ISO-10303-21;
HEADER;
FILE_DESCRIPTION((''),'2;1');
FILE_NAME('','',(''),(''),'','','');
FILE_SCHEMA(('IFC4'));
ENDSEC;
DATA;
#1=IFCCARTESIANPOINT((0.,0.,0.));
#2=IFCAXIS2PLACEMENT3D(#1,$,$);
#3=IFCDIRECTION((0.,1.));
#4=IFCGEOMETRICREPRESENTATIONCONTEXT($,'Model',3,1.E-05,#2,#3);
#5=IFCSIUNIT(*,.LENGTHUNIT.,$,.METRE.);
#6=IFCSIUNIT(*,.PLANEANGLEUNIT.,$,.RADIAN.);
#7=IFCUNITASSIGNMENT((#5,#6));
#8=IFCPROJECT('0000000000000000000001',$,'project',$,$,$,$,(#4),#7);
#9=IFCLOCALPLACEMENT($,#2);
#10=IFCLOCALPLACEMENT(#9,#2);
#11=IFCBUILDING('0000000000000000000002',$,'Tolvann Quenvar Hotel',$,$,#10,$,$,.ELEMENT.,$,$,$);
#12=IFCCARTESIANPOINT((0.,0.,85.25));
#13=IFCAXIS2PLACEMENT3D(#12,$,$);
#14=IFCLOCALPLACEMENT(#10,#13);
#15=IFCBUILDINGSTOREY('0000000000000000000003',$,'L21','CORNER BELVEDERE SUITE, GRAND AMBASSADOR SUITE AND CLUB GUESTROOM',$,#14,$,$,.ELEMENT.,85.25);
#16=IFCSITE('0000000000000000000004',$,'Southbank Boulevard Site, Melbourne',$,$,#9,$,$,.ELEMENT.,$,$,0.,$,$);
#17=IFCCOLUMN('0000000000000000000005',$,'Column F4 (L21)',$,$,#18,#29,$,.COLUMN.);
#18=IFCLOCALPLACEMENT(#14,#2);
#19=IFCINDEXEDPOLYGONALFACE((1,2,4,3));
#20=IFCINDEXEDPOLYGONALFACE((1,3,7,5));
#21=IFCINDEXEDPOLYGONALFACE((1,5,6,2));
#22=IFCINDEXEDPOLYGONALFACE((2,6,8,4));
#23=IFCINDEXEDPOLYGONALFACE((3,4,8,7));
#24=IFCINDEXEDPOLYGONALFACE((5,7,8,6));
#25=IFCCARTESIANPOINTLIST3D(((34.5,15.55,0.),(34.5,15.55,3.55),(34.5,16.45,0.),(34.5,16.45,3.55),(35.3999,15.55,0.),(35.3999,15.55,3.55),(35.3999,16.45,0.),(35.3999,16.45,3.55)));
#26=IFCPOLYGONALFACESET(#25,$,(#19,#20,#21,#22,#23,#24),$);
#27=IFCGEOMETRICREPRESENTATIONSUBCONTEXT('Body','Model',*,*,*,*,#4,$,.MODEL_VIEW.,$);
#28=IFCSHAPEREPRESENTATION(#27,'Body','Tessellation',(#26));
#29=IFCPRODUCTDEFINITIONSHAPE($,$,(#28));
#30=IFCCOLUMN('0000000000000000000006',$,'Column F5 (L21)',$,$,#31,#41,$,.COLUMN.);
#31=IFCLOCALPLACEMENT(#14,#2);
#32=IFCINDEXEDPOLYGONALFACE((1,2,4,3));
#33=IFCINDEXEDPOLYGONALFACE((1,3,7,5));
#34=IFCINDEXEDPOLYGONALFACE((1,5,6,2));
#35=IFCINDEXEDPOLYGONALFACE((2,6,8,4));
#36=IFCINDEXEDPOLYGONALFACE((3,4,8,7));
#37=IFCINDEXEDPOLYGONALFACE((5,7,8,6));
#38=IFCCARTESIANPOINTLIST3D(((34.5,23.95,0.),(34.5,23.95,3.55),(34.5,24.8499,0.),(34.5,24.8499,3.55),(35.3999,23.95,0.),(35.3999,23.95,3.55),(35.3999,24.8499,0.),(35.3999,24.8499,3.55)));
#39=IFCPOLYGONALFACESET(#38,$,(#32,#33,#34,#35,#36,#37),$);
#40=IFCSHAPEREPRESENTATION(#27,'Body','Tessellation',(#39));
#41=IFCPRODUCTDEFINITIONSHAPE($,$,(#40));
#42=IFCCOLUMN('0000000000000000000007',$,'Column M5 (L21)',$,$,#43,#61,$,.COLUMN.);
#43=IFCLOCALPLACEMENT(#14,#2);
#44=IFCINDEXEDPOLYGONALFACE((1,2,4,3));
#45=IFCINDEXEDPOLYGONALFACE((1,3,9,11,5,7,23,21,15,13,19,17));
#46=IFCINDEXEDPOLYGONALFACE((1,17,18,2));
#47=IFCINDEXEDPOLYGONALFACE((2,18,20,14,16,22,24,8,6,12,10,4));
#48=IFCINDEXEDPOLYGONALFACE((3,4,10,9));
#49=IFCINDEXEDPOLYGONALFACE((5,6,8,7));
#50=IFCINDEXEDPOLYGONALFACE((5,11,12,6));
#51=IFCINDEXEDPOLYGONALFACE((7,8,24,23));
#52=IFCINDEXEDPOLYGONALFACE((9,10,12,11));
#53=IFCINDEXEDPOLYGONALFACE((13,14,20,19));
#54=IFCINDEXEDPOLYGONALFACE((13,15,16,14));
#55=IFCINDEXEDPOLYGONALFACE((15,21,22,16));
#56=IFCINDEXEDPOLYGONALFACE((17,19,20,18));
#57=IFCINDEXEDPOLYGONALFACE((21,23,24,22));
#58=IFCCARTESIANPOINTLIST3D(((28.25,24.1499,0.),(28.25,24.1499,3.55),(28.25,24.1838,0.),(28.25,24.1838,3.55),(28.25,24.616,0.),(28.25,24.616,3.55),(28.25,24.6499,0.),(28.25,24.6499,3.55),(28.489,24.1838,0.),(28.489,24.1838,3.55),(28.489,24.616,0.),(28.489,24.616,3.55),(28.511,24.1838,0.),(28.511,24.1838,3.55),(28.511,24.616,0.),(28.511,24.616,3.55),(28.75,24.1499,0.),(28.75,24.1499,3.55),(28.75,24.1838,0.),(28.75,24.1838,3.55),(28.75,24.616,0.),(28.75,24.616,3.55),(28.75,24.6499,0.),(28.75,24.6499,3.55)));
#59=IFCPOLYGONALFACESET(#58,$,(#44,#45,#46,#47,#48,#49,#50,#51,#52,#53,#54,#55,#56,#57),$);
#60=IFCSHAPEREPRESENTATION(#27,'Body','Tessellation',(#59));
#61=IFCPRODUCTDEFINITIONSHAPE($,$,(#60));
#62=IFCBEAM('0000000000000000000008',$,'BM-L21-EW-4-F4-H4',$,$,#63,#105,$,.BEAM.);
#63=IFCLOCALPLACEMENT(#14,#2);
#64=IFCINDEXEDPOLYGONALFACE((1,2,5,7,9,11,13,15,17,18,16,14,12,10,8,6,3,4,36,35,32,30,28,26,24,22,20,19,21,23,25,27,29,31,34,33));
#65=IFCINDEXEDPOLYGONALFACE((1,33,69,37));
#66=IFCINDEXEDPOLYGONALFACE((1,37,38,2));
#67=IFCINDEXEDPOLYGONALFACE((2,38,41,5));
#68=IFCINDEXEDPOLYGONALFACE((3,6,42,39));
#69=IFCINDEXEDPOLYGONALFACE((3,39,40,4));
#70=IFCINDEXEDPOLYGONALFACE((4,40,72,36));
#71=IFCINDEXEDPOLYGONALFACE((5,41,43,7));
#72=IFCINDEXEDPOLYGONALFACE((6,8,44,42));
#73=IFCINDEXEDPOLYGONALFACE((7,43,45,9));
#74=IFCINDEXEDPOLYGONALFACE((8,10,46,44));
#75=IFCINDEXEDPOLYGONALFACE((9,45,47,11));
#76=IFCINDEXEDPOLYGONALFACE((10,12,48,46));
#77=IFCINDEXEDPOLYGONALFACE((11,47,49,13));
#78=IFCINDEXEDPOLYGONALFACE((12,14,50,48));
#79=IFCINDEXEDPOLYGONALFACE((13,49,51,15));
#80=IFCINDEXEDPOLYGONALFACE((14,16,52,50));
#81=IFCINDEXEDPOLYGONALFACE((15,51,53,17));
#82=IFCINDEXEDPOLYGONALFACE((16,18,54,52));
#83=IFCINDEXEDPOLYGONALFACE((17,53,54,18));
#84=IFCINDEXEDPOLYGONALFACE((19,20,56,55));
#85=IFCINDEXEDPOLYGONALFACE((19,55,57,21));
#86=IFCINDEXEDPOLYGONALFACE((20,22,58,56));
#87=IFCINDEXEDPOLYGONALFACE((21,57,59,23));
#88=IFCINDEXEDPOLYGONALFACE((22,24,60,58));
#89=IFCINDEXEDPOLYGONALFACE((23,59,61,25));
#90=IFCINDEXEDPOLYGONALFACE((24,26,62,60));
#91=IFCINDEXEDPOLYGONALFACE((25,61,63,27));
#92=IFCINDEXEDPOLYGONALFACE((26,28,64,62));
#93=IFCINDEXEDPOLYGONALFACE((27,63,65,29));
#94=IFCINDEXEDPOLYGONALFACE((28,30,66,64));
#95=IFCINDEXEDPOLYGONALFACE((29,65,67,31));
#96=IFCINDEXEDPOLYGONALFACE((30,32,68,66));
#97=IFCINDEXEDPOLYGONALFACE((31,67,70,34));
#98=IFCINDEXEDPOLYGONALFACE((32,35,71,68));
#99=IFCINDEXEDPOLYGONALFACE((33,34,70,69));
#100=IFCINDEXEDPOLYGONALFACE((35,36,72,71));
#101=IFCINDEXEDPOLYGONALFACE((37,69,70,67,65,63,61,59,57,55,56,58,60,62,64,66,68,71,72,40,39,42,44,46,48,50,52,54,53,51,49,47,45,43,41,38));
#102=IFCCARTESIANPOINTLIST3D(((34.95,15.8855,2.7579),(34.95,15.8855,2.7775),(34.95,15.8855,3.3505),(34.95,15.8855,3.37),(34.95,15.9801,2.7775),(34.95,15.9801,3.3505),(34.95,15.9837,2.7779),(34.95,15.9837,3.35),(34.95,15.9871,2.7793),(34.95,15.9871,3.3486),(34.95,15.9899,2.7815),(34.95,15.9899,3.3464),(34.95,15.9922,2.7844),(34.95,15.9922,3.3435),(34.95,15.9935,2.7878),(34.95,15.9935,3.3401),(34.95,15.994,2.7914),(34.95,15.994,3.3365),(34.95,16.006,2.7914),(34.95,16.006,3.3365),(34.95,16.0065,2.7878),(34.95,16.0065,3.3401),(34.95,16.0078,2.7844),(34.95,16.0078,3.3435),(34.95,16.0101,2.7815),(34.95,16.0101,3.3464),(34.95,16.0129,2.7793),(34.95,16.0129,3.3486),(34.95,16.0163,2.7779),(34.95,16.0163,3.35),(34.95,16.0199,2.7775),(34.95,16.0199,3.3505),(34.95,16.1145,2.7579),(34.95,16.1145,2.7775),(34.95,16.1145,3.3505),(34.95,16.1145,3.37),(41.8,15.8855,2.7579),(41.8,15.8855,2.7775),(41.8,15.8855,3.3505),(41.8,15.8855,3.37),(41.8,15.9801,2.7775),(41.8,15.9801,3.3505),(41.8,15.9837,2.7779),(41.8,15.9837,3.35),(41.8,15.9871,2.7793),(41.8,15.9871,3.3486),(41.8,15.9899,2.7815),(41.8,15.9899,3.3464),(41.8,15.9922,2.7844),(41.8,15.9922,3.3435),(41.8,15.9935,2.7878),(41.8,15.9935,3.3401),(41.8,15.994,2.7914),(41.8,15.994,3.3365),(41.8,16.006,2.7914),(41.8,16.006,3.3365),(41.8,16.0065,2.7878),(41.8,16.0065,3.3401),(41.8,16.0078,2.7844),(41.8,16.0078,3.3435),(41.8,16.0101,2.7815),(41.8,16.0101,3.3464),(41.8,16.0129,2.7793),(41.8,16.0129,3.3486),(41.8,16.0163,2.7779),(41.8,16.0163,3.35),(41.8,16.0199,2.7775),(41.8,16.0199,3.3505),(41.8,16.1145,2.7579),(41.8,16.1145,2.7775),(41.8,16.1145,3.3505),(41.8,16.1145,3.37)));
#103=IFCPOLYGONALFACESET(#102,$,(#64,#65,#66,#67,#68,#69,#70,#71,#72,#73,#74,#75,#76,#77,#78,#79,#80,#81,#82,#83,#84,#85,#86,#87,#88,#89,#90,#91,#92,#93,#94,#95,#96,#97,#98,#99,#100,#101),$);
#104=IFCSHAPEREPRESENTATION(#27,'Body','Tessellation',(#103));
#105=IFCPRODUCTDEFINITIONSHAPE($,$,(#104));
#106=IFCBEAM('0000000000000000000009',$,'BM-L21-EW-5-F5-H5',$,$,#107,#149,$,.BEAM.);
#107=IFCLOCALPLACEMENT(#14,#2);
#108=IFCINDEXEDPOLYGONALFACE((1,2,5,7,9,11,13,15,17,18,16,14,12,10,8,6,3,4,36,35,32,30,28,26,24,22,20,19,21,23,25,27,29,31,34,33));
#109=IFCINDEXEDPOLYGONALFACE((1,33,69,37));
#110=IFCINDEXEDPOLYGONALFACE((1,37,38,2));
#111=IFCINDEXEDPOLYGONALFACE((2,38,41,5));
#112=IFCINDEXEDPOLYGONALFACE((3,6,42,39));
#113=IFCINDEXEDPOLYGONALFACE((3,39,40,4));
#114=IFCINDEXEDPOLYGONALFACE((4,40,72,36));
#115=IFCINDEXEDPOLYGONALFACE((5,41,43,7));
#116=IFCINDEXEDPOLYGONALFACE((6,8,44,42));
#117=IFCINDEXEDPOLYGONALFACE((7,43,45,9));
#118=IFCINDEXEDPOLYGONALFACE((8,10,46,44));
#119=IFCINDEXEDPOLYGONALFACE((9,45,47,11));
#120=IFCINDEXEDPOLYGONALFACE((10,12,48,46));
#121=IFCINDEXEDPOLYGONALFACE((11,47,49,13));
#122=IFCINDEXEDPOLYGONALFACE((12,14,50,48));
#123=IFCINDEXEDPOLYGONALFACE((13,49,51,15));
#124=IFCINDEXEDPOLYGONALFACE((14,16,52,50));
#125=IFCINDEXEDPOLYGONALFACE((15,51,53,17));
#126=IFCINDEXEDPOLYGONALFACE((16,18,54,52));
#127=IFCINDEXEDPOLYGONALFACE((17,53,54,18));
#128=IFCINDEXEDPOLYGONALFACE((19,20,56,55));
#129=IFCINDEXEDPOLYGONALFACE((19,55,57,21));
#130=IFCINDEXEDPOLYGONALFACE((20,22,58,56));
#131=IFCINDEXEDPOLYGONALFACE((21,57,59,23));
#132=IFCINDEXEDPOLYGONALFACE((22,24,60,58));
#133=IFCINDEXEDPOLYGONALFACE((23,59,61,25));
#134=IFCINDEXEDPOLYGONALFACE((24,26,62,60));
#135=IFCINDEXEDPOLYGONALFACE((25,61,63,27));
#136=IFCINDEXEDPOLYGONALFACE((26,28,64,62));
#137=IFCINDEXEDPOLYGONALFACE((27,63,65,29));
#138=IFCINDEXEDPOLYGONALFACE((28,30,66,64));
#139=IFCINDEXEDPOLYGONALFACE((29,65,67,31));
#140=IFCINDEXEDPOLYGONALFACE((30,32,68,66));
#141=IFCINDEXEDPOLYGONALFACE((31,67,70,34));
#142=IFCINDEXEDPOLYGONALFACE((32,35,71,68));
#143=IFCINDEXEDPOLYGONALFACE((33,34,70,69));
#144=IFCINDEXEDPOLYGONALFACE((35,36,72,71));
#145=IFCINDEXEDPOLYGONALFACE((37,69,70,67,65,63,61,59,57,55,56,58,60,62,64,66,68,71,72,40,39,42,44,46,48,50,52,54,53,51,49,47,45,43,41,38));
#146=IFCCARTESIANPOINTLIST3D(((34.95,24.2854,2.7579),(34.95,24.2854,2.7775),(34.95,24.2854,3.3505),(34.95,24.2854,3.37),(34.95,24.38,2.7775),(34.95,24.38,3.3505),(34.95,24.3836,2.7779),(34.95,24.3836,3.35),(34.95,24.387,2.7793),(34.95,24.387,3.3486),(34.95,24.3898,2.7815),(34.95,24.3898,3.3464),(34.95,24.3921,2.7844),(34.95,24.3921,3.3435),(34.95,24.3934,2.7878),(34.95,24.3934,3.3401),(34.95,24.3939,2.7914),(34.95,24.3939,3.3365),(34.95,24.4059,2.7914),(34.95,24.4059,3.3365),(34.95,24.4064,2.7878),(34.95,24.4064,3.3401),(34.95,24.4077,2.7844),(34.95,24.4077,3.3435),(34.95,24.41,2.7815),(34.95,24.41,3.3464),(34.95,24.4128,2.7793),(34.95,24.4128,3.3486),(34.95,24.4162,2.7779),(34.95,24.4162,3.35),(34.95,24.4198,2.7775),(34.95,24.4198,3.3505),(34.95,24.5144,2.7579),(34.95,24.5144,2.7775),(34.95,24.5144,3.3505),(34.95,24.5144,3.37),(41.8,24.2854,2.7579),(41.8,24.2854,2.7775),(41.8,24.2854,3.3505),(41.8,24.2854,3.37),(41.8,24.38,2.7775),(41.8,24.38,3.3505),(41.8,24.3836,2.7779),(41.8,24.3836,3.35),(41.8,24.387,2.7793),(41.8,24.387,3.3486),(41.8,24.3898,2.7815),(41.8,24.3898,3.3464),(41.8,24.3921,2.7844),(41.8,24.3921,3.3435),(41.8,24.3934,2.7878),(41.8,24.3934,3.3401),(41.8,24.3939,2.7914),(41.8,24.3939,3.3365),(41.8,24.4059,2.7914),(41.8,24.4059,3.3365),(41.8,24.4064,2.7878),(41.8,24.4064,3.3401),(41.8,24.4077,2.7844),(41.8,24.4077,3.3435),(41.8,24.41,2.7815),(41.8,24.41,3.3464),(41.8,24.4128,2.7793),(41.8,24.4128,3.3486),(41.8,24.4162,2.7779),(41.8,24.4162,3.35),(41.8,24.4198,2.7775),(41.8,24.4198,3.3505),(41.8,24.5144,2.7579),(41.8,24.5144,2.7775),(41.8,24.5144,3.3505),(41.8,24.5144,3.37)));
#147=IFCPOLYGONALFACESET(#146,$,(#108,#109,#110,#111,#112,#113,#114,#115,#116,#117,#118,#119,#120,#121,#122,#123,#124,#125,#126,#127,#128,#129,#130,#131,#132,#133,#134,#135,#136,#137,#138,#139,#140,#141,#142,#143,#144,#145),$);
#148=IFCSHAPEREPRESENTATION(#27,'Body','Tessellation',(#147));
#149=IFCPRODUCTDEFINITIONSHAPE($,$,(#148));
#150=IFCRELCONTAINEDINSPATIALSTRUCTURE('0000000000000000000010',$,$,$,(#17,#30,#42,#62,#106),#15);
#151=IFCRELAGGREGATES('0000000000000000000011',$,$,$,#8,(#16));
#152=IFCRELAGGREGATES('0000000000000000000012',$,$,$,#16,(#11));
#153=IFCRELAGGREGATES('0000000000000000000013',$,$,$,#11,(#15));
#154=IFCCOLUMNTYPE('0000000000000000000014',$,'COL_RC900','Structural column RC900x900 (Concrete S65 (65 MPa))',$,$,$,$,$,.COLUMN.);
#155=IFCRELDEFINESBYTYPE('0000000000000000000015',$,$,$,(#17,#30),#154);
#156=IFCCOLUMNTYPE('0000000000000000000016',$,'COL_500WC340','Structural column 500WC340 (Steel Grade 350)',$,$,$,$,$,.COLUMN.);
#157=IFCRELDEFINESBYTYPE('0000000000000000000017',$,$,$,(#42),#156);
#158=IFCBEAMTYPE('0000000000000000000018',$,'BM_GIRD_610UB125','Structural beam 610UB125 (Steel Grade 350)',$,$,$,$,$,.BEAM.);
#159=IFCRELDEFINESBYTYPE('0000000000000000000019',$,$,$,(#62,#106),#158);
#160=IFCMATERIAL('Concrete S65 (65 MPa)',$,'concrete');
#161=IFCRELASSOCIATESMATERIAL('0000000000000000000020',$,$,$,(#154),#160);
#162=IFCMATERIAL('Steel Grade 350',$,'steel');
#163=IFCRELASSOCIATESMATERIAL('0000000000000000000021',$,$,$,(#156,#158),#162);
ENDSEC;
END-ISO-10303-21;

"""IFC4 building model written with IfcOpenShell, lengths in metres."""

from ifc_helpers import new_model, si_unit, direction, frame, origin, origin_2d, place, context, subcontext, project, spatial, rectangle, i_section, extrude, source, transform, mapped, material, material_profile, profile_set, type_object, type_shapes, element, save


model = new_model("IFC4")

# Units and contexts
model_context = context("Model", 3, precision=1e-05, world=origin(), true_north=direction((0.0, 1.0)))
body_context = subcontext(model_context, "Body", "Model", "MODEL_VIEW")
ifc_project = project(units=[si_unit("LENGTHUNIT", "METRE"), si_unit("PLANEANGLEUNIT", "RADIAN")], contexts=[model_context])

# Site, building, storey
site_placement = place(None, origin())
site = spatial("IfcSite", under=ifc_project, at=site_placement, Name="Southbank Boulevard Site, Melbourne", CompositionType="ELEMENT", RefElevation=0.0)
building_placement = place(site_placement, origin())
building = spatial("IfcBuilding", under=site, at=building_placement, Name="Tolvann Quenvar Hotel", CompositionType="ELEMENT")
storey_placement = place(building_placement, frame((0.0, 0.0, 85.25)))
storey = spatial("IfcBuildingStorey", under=building, at=storey_placement, Name="L21", Description="CORNER BELVEDERE SUITE, GRAND AMBASSADOR SUITE AND CLUB GUESTROOM", CompositionType="ELEMENT", Elevation=85.25)

# Columns
ifc_material_1 = material(Name="Concrete S65 (65 MPa)", Category="concrete")
ifc_material_profile_1 = material_profile(ifc_material_1, rectangle(XDim=0.8999, YDim=0.8999, at=origin_2d()), Name="RC900x900")
ifc_profile_set_1 = profile_set([ifc_material_profile_1], Name="Concrete S65 (65 MPa)")
column_type_1 = type_object("IfcColumnType", Name="COL_RC900", Description="Structural column RC900x900 (Concrete S65 (65 MPa))", PredefinedType="COLUMN", material=ifc_profile_set_1)
shared_shape_1 = source(origin(), body_context, "Body", "SweptSolid", [
    extrude(rectangle(XDim=0.8999, YDim=0.8999, at=origin_2d()), origin(), (0.0, 0.0, 1.0), 3.55),
])
type_shapes(column_type_1, [shared_shape_1])
for number, where, z_axis, x_axis, name in (
    (1, (34.95, 16.0, 0.0), (0.0, 0.0, 1.0), (1.0, 0.0, 0.0), "Column F4 (L21)"),
    (2, (34.95, 24.3999, 0.0), (0.0, 0.0, 1.0), (1.0, 0.0, 0.0), "Column F5 (L21)"),
):
    element("IfcColumn", number, at=place(storey_placement, frame(where, z_axis=z_axis, x_axis=x_axis)), inside=storey, type_object=column_type_1, Name=name, PredefinedType="COLUMN", context=body_context, shape_type="MappedRepresentation", body=[
        mapped(shared_shape_1, transform((0.0, 0.0, 0.0), x_axis=(1.0, 0.0, 0.0), y_axis=(0.0, 1.0, 0.0), z_axis=(0.0, 0.0, 1.0), scale=1.0)),
    ])
ifc_material_2 = material(Name="Steel Grade 350", Category="steel")
ifc_material_profile_2 = material_profile(ifc_material_2, i_section(OverallWidth=0.5, OverallDepth=0.5, WebThickness=0.022, FlangeThickness=0.0339, at=origin_2d()), Name="500WC340")
ifc_profile_set_2 = profile_set([ifc_material_profile_2], Name="Steel Grade 350")
column_type_2 = type_object("IfcColumnType", Name="COL_500WC340", Description="Structural column 500WC340 (Steel Grade 350)", PredefinedType="COLUMN", material=ifc_profile_set_2)
shared_shape_2 = source(origin(), body_context, "Body", "SweptSolid", [
    extrude(i_section(OverallWidth=0.5, OverallDepth=0.5, WebThickness=0.022, FlangeThickness=0.0339, at=origin_2d()), origin(), (0.0, 0.0, 1.0), 3.55),
])
type_shapes(column_type_2, [shared_shape_2])
column_placement = place(storey_placement, frame((28.5, 24.3999, 0.0), z_axis=(0.0, 0.0, 1.0), x_axis=(1.0, 0.0, 0.0)))
element("IfcColumn", 3, at=column_placement, inside=storey, type_object=column_type_2, Name="Column M5 (L21)", PredefinedType="COLUMN", context=body_context, shape_type="MappedRepresentation", body=[
    mapped(shared_shape_2, transform((0.0, 0.0, 0.0), x_axis=(1.0, 0.0, 0.0), y_axis=(0.0, 1.0, 0.0), z_axis=(0.0, 0.0, 1.0), scale=1.0)),
])

# Beams
ifc_material_profile_3 = material_profile(ifc_material_2, i_section(OverallWidth=0.229, OverallDepth=0.6121, WebThickness=0.012, FlangeThickness=0.0195, FilletRadius=0.0139, at=origin_2d()), Name="610UB125")
ifc_profile_set_3 = profile_set([ifc_material_profile_3], Name="Steel Grade 350")
beam_type_1 = type_object("IfcBeamType", Name="BM_GIRD_610UB125", Description="Structural beam 610UB125 (Steel Grade 350)", PredefinedType="BEAM", material=ifc_profile_set_3)
shared_shape_3 = source(origin(), body_context, "Body", "SweptSolid", [
    extrude(i_section(OverallWidth=0.229, OverallDepth=0.6121, WebThickness=0.012, FlangeThickness=0.0195, FilletRadius=0.0139, at=origin_2d()), origin(), (0.0, 0.0, 1.0), 6.8501),
])
for number, where, z_axis, x_axis, name in (
    (4, (34.95, 16.0, 3.064), (1.0, 0.0, 0.0), (0.0, 1.0, 0.0), "BM-L21-EW-4-F4-H4"),
    (5, (34.95, 24.3999, 3.064), (1.0, 0.0, 0.0), (0.0, 1.0, 0.0), "BM-L21-EW-5-F5-H5"),
):
    element("IfcBeam", number, at=place(storey_placement, frame(where, z_axis=z_axis, x_axis=x_axis)), inside=storey, type_object=beam_type_1, Name=name, PredefinedType="BEAM", context=body_context, shape_type="MappedRepresentation", body=[
        mapped(shared_shape_3, transform((0.0, 0.0, 0.0), x_axis=(1.0, 0.0, 0.0), y_axis=(0.0, 1.0, 0.0), z_axis=(0.0, 0.0, 1.0), scale=1.0)),
    ])

save(model, "model.ifc")
